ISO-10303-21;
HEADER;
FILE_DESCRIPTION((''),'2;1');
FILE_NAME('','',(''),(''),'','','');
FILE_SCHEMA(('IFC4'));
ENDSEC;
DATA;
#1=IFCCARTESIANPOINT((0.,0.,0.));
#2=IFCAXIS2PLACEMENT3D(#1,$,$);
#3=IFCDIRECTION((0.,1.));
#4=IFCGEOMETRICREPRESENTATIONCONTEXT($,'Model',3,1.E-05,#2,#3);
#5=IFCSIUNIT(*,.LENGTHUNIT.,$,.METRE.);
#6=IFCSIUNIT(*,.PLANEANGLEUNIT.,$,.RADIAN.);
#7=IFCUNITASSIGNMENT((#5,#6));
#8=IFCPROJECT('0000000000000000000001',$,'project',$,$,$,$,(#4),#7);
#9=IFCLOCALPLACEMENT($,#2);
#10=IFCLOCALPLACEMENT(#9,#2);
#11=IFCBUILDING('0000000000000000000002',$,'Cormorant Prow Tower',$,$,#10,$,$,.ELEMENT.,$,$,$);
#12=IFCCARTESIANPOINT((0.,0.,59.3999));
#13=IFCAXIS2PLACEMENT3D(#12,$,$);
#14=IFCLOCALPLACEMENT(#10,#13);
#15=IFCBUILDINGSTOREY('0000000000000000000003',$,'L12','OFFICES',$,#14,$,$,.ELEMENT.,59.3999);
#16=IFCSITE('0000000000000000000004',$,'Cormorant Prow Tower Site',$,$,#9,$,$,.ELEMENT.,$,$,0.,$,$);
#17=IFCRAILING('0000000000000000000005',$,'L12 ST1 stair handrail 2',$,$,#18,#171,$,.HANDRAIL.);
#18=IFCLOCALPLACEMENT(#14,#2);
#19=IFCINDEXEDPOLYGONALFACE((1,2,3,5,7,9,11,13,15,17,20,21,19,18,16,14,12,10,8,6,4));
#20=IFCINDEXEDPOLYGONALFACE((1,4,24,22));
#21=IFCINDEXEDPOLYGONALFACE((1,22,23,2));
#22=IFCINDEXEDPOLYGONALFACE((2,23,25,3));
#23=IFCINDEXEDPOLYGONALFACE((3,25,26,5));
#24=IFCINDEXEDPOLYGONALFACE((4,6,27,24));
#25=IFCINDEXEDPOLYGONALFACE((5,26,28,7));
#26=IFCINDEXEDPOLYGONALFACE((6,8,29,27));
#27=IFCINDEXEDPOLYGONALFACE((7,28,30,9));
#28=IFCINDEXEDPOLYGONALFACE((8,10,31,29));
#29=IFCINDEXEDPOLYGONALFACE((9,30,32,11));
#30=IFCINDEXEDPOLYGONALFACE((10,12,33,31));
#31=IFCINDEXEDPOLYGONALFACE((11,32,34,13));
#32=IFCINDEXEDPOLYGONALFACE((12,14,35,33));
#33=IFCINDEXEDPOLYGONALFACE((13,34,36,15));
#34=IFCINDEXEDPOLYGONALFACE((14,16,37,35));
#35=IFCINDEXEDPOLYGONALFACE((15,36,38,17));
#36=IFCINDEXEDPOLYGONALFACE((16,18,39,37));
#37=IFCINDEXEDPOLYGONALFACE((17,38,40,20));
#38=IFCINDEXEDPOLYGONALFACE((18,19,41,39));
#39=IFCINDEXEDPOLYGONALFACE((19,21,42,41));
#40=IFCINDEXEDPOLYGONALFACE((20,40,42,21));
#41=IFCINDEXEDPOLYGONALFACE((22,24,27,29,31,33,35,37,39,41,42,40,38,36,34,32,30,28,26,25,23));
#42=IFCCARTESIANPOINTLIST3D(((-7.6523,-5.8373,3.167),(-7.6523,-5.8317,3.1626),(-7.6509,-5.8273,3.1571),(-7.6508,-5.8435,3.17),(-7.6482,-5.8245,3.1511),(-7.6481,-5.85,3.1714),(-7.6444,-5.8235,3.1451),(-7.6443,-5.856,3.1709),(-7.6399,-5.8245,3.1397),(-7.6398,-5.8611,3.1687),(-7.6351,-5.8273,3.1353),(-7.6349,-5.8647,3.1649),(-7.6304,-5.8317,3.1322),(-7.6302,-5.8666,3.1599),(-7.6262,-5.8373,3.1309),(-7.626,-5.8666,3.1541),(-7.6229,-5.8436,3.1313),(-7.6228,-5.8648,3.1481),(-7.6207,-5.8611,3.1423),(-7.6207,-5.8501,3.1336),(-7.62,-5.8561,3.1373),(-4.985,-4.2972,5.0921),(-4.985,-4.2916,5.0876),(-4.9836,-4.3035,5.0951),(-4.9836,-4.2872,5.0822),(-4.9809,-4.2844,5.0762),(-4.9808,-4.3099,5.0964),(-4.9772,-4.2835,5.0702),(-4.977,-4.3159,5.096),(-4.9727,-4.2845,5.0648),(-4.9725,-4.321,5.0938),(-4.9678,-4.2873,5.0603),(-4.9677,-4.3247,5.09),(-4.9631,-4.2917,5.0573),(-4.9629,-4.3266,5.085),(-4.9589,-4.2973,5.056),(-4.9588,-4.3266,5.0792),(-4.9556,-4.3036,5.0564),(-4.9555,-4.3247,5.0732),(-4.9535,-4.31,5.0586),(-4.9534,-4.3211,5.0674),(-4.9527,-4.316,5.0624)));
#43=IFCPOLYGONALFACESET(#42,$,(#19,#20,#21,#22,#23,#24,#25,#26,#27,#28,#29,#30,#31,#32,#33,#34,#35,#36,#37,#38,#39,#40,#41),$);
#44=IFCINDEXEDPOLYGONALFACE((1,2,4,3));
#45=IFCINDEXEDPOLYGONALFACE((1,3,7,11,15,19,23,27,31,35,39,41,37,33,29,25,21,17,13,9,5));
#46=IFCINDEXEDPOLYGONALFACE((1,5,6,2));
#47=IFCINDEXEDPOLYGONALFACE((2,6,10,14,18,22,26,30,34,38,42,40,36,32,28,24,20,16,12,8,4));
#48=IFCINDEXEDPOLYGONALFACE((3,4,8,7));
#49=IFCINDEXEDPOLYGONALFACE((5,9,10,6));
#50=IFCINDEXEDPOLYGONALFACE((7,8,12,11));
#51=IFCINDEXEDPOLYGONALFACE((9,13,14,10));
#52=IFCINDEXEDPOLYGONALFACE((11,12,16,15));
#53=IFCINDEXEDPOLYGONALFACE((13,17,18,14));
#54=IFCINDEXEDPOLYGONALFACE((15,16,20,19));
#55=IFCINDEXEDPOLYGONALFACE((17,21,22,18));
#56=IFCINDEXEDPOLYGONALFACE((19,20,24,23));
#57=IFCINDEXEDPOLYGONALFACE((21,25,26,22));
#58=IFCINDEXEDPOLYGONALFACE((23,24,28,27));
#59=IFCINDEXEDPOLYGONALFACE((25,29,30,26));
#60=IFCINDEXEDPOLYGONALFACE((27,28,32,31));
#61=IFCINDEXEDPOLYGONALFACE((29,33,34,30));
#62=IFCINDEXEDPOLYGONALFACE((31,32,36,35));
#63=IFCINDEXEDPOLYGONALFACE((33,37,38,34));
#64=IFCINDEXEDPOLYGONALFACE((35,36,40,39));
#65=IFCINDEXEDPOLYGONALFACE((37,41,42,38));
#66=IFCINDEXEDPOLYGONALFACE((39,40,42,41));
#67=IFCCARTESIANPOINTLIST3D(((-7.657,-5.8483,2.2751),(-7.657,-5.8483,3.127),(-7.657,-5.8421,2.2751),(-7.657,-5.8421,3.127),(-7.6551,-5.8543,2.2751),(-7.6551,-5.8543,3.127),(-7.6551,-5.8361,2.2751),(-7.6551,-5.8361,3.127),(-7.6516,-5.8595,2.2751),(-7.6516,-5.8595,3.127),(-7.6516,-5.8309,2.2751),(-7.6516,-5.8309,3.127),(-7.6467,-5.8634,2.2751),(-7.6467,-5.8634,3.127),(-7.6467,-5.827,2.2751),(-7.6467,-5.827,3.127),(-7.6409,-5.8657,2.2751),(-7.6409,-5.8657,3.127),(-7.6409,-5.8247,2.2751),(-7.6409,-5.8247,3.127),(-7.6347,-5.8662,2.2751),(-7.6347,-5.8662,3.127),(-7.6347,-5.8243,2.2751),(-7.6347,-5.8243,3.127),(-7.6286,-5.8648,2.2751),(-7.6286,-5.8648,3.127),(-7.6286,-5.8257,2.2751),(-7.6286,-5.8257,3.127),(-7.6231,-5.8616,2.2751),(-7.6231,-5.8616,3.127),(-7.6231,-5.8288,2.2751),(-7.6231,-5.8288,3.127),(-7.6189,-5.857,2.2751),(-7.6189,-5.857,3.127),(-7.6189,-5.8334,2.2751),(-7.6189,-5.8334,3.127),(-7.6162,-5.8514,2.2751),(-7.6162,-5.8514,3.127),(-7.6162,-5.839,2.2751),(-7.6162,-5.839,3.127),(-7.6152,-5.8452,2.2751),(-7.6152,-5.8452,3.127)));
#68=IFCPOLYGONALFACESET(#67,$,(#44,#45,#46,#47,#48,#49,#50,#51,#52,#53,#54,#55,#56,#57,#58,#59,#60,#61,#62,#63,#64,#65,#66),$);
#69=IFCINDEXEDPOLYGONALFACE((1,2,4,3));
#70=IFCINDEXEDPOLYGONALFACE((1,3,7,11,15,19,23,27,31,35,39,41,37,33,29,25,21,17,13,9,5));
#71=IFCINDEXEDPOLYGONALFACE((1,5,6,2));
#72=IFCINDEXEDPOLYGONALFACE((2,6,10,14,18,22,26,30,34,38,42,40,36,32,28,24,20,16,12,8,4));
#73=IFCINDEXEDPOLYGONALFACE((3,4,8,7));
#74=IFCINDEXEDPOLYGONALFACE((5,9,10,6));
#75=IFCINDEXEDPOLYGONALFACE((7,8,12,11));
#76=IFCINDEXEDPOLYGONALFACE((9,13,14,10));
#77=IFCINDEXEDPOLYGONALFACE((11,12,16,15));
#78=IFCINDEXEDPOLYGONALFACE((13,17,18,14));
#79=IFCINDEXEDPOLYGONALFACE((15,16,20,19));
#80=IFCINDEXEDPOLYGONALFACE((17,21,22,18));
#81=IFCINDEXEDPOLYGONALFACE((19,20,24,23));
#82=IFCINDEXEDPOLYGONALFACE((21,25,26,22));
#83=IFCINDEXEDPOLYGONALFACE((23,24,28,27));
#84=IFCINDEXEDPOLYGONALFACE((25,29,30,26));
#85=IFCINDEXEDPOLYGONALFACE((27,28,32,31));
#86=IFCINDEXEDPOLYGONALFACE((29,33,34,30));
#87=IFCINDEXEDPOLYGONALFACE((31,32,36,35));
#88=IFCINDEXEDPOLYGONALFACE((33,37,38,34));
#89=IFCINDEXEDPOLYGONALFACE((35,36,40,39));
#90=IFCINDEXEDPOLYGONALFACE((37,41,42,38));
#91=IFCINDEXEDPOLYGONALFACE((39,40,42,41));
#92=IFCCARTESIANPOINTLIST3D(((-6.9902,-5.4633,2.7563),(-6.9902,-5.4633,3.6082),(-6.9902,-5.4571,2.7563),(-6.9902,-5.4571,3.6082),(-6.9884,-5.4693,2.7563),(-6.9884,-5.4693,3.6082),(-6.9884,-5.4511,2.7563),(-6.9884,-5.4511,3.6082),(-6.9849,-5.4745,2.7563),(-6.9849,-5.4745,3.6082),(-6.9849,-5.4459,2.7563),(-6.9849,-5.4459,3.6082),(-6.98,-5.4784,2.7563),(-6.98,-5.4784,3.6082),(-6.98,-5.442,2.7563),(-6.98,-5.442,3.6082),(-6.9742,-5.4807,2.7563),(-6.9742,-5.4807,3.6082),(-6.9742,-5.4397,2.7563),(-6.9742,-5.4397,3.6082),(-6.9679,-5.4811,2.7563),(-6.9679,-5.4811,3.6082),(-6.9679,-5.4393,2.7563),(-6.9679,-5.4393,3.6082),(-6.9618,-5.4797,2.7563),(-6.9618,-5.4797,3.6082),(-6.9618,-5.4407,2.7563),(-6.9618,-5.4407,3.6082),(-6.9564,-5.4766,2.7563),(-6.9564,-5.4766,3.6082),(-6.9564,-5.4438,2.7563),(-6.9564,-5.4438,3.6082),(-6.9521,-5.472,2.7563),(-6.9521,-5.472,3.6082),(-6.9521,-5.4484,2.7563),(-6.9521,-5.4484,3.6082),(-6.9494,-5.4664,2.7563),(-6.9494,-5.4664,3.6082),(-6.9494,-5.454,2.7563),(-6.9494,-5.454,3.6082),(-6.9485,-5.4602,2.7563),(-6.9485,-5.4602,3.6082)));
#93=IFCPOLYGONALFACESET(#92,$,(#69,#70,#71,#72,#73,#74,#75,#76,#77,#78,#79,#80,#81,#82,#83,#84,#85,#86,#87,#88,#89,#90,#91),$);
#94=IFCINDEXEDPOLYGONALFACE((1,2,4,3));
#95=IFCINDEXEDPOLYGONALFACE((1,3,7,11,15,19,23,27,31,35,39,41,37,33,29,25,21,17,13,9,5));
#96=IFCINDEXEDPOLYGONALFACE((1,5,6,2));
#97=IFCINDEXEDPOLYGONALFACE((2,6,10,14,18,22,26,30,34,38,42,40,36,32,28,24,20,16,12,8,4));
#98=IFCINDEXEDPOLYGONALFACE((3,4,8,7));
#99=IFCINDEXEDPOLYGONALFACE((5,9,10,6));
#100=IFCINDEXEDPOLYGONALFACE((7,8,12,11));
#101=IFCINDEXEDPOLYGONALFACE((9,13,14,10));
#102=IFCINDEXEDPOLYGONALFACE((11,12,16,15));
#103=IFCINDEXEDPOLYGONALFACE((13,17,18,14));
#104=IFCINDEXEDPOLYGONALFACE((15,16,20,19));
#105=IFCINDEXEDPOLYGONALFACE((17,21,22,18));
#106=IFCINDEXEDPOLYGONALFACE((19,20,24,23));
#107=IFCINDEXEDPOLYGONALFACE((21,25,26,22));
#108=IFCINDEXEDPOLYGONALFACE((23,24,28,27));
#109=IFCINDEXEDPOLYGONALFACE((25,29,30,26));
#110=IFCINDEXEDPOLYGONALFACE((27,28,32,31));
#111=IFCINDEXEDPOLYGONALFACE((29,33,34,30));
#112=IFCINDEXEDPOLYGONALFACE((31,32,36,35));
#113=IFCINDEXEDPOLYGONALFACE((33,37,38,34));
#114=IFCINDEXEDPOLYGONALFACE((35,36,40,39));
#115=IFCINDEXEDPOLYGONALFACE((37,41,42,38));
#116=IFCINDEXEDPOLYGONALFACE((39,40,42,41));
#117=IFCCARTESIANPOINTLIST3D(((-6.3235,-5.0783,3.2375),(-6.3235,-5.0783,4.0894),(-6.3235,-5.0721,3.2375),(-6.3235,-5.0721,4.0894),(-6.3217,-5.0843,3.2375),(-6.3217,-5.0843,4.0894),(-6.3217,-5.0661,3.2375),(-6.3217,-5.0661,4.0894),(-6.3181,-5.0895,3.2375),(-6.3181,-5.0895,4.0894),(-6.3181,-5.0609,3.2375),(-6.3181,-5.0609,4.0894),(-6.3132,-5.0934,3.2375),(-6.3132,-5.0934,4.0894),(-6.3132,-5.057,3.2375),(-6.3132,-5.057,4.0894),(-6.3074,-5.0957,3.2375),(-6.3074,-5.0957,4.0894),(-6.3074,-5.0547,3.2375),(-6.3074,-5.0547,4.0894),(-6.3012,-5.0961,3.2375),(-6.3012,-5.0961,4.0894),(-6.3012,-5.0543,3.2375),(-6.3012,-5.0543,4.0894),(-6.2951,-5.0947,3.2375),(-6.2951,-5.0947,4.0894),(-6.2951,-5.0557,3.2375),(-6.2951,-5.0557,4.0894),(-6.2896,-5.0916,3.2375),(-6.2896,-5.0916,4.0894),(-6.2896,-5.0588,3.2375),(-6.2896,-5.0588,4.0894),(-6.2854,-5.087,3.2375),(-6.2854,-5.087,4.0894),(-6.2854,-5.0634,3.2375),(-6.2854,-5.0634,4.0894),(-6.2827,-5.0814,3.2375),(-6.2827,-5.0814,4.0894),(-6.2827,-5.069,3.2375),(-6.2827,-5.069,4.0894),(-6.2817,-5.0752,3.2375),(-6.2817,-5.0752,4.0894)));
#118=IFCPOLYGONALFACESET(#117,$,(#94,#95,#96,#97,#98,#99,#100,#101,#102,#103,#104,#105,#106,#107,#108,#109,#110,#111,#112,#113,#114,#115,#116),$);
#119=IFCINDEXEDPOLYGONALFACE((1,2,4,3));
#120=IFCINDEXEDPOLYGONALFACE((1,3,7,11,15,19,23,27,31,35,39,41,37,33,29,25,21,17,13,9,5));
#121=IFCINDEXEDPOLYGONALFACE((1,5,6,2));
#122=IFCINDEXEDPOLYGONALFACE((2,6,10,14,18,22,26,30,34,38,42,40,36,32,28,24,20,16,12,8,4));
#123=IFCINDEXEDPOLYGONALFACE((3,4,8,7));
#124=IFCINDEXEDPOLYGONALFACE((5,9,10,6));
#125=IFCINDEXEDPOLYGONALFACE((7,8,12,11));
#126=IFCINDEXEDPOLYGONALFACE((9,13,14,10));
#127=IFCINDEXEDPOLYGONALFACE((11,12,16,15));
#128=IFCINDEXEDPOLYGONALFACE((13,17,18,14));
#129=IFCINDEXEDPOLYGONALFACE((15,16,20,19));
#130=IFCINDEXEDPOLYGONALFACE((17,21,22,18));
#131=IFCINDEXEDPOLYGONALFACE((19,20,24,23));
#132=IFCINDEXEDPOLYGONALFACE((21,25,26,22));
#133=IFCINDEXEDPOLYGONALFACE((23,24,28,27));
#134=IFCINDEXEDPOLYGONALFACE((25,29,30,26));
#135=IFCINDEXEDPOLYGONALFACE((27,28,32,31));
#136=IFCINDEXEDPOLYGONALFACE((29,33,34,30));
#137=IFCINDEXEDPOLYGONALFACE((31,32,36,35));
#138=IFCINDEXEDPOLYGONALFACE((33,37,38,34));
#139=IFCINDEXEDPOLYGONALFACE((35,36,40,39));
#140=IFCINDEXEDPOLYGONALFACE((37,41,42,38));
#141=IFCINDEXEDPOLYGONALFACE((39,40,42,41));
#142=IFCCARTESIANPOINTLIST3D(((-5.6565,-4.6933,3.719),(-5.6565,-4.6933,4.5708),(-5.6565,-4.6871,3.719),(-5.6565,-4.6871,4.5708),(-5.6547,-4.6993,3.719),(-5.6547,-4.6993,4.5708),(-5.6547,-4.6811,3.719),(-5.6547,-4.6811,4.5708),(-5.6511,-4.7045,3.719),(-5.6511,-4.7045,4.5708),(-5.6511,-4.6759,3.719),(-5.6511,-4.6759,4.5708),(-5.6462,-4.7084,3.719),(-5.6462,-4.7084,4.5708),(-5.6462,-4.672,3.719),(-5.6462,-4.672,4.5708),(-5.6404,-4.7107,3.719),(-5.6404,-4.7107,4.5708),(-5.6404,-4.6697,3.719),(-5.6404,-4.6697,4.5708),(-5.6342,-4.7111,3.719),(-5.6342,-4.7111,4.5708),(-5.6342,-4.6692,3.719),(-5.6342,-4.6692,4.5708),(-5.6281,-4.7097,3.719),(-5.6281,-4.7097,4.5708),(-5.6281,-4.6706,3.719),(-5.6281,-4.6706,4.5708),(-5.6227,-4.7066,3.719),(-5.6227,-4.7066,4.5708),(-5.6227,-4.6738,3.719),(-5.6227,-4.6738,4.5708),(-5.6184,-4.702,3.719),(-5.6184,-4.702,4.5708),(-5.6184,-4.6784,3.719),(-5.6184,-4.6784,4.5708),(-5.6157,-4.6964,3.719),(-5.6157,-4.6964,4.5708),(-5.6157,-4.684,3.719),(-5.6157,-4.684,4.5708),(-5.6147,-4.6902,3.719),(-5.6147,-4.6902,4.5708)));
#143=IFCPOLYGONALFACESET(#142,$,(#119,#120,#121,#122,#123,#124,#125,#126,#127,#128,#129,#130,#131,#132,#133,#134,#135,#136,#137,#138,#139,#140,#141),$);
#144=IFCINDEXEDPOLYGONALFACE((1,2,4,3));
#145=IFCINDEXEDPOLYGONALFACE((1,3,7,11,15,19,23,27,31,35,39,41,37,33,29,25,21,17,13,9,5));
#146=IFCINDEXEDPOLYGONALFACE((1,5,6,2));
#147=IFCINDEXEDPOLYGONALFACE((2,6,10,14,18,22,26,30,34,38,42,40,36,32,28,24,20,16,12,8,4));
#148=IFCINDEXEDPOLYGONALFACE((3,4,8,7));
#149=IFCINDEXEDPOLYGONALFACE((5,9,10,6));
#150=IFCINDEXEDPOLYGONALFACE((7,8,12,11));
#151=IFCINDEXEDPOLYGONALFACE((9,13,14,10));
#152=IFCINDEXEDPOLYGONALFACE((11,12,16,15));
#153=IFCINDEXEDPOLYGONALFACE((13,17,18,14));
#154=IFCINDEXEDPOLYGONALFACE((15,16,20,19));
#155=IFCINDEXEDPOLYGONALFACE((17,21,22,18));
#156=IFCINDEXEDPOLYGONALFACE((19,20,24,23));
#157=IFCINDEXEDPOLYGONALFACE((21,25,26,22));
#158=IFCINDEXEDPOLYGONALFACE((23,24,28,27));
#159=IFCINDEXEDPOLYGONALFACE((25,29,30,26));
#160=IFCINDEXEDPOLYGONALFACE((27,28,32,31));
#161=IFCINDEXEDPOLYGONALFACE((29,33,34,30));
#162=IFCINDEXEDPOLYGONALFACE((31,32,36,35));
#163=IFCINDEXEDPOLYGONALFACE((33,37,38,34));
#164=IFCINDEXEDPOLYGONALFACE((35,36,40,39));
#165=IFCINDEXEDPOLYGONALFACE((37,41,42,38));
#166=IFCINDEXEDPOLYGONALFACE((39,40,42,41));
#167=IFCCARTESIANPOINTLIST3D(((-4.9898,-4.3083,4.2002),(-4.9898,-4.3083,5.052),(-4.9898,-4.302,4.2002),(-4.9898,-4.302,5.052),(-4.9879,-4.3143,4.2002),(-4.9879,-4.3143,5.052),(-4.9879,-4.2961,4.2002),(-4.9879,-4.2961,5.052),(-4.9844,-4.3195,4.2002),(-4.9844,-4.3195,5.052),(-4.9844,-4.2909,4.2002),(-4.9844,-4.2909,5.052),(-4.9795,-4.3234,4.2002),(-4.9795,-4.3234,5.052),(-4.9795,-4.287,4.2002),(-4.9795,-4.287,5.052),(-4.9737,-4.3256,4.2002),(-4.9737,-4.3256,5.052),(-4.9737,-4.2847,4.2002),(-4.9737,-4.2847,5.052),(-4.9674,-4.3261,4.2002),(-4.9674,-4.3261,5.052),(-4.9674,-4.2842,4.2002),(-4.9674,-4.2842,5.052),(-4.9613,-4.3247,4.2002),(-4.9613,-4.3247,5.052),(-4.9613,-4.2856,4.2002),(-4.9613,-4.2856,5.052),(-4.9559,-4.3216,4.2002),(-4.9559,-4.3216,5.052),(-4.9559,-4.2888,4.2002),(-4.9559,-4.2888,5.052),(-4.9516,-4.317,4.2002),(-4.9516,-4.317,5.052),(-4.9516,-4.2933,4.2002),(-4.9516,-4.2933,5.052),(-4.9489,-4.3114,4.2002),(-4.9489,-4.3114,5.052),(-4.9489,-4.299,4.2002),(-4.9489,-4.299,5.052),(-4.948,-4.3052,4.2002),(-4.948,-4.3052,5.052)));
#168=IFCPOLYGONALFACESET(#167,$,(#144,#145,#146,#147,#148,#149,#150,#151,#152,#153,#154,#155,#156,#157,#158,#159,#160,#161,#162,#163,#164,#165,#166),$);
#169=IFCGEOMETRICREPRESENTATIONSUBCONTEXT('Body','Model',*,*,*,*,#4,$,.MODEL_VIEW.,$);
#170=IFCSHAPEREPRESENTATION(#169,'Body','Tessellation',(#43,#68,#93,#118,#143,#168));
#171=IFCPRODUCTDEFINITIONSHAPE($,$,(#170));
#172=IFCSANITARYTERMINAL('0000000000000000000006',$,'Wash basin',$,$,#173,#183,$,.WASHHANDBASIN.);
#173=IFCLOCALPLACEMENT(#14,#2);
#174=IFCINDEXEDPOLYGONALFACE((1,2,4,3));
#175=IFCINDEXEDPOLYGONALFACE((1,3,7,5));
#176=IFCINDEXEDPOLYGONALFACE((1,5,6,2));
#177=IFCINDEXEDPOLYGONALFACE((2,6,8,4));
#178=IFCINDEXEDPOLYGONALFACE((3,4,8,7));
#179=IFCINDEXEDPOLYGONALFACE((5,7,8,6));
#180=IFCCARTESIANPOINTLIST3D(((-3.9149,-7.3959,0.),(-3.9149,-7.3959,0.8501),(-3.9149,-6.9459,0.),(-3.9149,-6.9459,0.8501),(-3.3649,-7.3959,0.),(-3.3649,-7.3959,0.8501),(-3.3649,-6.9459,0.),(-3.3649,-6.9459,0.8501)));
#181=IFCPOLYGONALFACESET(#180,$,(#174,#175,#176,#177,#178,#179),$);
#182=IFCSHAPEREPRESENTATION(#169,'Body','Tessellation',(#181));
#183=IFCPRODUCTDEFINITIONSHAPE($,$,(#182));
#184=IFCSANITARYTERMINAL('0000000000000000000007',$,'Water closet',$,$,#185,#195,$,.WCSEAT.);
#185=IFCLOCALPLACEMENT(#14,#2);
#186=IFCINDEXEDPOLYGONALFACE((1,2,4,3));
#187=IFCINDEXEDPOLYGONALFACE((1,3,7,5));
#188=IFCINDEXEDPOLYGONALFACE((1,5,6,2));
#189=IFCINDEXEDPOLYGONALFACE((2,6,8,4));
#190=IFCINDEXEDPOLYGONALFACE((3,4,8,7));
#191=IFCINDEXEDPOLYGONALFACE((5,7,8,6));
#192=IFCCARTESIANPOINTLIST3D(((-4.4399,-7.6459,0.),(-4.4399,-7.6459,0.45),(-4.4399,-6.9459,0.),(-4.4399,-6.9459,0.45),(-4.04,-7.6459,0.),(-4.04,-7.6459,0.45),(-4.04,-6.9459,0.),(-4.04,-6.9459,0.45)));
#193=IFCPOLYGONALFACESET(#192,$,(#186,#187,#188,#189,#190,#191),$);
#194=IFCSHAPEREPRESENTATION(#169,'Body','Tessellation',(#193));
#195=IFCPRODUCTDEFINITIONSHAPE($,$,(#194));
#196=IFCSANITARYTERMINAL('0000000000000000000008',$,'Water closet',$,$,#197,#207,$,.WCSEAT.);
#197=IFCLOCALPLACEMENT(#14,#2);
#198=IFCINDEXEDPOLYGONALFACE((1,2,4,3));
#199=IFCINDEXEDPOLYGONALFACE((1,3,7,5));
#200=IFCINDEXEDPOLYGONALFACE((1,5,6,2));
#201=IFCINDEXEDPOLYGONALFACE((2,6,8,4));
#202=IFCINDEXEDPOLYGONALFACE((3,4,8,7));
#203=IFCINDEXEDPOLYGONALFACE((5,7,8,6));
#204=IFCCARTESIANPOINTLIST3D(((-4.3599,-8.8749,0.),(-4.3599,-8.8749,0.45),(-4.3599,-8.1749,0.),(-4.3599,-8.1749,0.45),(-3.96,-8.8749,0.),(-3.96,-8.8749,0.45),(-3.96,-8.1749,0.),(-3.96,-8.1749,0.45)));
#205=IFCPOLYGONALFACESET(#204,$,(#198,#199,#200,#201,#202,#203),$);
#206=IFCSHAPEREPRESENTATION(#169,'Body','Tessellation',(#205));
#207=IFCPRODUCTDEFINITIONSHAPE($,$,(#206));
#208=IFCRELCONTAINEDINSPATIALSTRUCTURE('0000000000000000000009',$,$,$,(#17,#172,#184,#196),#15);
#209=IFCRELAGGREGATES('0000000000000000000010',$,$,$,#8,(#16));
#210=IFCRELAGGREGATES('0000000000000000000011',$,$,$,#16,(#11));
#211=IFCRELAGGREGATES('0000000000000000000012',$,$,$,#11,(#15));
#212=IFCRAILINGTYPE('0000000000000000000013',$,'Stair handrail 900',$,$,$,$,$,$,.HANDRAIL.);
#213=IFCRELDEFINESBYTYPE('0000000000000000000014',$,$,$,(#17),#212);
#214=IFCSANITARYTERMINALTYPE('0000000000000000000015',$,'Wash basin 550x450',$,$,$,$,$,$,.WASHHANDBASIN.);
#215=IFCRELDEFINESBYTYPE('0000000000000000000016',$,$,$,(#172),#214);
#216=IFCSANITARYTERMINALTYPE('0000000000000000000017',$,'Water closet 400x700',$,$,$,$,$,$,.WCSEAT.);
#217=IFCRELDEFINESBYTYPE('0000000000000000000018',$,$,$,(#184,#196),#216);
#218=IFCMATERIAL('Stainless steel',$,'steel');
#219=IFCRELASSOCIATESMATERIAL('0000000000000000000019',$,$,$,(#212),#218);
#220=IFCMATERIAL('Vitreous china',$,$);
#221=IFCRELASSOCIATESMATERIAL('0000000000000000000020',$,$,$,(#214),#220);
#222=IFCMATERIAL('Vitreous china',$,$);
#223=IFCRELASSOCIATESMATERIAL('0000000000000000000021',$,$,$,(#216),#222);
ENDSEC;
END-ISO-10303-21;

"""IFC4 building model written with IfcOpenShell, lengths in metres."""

from ifc_helpers import new_model, si_unit, direction, frame, origin, origin_2d, place, context, subcontext, project, spatial, rectangle, circle, extrude, material, type_object, element, save


model = new_model("IFC4")

# Units and contexts
model_context = context("Model", 3, precision=1e-05, world=origin(), true_north=direction((0.0, 1.0)))
body_context = subcontext(model_context, "Body", "Model", "MODEL_VIEW")
ifc_project = project(units=[si_unit("LENGTHUNIT", "METRE"), si_unit("PLANEANGLEUNIT", "RADIAN")], contexts=[model_context])

# Site, building, storey
site_placement = place(None, origin())
site = spatial("IfcSite", under=ifc_project, at=site_placement, Name="Cormorant Prow Tower Site", CompositionType="ELEMENT", RefElevation=0.0)
building_placement = place(site_placement, origin())
building = spatial("IfcBuilding", under=site, at=building_placement, Name="Cormorant Prow Tower", CompositionType="ELEMENT")
storey_placement = place(building_placement, frame((0.0, 0.0, 59.3999)))
storey = spatial("IfcBuildingStorey", under=building, at=storey_placement, Name="L12", Description="OFFICES", CompositionType="ELEMENT", Elevation=59.3999)

# Railing
ifc_material_1 = material(Name="Stainless steel", Category="steel")
railing_type_1 = type_object("IfcRailingType", Name="Stair handrail 900", PredefinedType="HANDRAIL", material=ifc_material_1)
railing_1_placement = place(storey_placement, frame((-7.6362, -5.8452, 2.2751)))
element("IfcRailing", 1, at=railing_1_placement, inside=storey, type_object=railing_type_1, Name="L12 ST1 stair handrail 2", PredefinedType="HANDRAIL", context=body_context, shape_type="SweptSolid", body=[
    extrude(circle(Radius=0.0239, at=origin_2d()), frame((0.0, 0.0, 0.876), z_axis=(0.734364, 0.424015, 0.530019), x_axis=(-0.500027, 0.86601, 0.0)), (0.0, 0.0, 1.0), 3.6321),
    extrude(circle(Radius=0.021, at=origin_2d()), origin(), (0.0, 0.0, 1.0), 0.8518),
    extrude(circle(Radius=0.021, at=origin_2d()), frame((0.6667, 0.385, 0.4812)), (0.0, 0.0, 1.0), 0.8518),
    extrude(circle(Radius=0.021, at=origin_2d()), frame((1.3335, 0.77, 0.9624)), (0.0, 0.0, 1.0), 0.8518),
    extrude(circle(Radius=0.021, at=origin_2d()), frame((2.0005, 1.155, 1.4438)), (0.0, 0.0, 1.0), 0.8518),
    extrude(circle(Radius=0.021, at=origin_2d()), frame((2.6672, 1.54, 1.925)), (0.0, 0.0, 1.0), 0.8518),
])

# Sanitary terminals
ifc_material_2 = material(Name="Vitreous china")
sanitary_terminal_type_1 = type_object("IfcSanitaryTerminalType", Name="Wash basin 550x450", PredefinedType="WASHHANDBASIN", material=ifc_material_2)
sanitary_terminal_placement = place(storey_placement, frame((-3.6399, -7.1709, 0.0), z_axis=(0.0, 0.0, 1.0), x_axis=(-1.0, 0.0, 0.0)))
element("IfcSanitaryTerminal", 2, at=sanitary_terminal_placement, inside=storey, type_object=sanitary_terminal_type_1, Name="Wash basin", PredefinedType="WASHHANDBASIN", context=body_context, shape_type="SweptSolid", body=[
    extrude(rectangle(XDim=0.55, YDim=0.45, at=origin_2d()), origin(), (0.0, 0.0, 1.0), 0.8501),
])
ifc_material_3 = material(Name="Vitreous china")
sanitary_terminal_type_2 = type_object("IfcSanitaryTerminalType", Name="Water closet 400x700", PredefinedType="WCSEAT", material=ifc_material_3)
for number, where, z_axis, x_axis, name in (
    (3, (-4.24, -7.2959, 0.0), (0.0, 0.0, 1.0), (-1.0, 0.0, 0.0), "Water closet"),
    (4, (-4.1599, -8.5249, 0.0), (0.0, 0.0, 1.0), (1.0, 0.0, 0.0), "Water closet"),
):
    element("IfcSanitaryTerminal", number, at=place(storey_placement, frame(where, z_axis=z_axis, x_axis=x_axis)), inside=storey, type_object=sanitary_terminal_type_2, Name=name, PredefinedType="WCSEAT", context=body_context, shape_type="SweptSolid", body=[
        extrude(rectangle(XDim=0.3999, YDim=0.7, at=origin_2d()), origin(), (0.0, 0.0, 1.0), 0.45),
    ])

save(model, "model.ifc")
